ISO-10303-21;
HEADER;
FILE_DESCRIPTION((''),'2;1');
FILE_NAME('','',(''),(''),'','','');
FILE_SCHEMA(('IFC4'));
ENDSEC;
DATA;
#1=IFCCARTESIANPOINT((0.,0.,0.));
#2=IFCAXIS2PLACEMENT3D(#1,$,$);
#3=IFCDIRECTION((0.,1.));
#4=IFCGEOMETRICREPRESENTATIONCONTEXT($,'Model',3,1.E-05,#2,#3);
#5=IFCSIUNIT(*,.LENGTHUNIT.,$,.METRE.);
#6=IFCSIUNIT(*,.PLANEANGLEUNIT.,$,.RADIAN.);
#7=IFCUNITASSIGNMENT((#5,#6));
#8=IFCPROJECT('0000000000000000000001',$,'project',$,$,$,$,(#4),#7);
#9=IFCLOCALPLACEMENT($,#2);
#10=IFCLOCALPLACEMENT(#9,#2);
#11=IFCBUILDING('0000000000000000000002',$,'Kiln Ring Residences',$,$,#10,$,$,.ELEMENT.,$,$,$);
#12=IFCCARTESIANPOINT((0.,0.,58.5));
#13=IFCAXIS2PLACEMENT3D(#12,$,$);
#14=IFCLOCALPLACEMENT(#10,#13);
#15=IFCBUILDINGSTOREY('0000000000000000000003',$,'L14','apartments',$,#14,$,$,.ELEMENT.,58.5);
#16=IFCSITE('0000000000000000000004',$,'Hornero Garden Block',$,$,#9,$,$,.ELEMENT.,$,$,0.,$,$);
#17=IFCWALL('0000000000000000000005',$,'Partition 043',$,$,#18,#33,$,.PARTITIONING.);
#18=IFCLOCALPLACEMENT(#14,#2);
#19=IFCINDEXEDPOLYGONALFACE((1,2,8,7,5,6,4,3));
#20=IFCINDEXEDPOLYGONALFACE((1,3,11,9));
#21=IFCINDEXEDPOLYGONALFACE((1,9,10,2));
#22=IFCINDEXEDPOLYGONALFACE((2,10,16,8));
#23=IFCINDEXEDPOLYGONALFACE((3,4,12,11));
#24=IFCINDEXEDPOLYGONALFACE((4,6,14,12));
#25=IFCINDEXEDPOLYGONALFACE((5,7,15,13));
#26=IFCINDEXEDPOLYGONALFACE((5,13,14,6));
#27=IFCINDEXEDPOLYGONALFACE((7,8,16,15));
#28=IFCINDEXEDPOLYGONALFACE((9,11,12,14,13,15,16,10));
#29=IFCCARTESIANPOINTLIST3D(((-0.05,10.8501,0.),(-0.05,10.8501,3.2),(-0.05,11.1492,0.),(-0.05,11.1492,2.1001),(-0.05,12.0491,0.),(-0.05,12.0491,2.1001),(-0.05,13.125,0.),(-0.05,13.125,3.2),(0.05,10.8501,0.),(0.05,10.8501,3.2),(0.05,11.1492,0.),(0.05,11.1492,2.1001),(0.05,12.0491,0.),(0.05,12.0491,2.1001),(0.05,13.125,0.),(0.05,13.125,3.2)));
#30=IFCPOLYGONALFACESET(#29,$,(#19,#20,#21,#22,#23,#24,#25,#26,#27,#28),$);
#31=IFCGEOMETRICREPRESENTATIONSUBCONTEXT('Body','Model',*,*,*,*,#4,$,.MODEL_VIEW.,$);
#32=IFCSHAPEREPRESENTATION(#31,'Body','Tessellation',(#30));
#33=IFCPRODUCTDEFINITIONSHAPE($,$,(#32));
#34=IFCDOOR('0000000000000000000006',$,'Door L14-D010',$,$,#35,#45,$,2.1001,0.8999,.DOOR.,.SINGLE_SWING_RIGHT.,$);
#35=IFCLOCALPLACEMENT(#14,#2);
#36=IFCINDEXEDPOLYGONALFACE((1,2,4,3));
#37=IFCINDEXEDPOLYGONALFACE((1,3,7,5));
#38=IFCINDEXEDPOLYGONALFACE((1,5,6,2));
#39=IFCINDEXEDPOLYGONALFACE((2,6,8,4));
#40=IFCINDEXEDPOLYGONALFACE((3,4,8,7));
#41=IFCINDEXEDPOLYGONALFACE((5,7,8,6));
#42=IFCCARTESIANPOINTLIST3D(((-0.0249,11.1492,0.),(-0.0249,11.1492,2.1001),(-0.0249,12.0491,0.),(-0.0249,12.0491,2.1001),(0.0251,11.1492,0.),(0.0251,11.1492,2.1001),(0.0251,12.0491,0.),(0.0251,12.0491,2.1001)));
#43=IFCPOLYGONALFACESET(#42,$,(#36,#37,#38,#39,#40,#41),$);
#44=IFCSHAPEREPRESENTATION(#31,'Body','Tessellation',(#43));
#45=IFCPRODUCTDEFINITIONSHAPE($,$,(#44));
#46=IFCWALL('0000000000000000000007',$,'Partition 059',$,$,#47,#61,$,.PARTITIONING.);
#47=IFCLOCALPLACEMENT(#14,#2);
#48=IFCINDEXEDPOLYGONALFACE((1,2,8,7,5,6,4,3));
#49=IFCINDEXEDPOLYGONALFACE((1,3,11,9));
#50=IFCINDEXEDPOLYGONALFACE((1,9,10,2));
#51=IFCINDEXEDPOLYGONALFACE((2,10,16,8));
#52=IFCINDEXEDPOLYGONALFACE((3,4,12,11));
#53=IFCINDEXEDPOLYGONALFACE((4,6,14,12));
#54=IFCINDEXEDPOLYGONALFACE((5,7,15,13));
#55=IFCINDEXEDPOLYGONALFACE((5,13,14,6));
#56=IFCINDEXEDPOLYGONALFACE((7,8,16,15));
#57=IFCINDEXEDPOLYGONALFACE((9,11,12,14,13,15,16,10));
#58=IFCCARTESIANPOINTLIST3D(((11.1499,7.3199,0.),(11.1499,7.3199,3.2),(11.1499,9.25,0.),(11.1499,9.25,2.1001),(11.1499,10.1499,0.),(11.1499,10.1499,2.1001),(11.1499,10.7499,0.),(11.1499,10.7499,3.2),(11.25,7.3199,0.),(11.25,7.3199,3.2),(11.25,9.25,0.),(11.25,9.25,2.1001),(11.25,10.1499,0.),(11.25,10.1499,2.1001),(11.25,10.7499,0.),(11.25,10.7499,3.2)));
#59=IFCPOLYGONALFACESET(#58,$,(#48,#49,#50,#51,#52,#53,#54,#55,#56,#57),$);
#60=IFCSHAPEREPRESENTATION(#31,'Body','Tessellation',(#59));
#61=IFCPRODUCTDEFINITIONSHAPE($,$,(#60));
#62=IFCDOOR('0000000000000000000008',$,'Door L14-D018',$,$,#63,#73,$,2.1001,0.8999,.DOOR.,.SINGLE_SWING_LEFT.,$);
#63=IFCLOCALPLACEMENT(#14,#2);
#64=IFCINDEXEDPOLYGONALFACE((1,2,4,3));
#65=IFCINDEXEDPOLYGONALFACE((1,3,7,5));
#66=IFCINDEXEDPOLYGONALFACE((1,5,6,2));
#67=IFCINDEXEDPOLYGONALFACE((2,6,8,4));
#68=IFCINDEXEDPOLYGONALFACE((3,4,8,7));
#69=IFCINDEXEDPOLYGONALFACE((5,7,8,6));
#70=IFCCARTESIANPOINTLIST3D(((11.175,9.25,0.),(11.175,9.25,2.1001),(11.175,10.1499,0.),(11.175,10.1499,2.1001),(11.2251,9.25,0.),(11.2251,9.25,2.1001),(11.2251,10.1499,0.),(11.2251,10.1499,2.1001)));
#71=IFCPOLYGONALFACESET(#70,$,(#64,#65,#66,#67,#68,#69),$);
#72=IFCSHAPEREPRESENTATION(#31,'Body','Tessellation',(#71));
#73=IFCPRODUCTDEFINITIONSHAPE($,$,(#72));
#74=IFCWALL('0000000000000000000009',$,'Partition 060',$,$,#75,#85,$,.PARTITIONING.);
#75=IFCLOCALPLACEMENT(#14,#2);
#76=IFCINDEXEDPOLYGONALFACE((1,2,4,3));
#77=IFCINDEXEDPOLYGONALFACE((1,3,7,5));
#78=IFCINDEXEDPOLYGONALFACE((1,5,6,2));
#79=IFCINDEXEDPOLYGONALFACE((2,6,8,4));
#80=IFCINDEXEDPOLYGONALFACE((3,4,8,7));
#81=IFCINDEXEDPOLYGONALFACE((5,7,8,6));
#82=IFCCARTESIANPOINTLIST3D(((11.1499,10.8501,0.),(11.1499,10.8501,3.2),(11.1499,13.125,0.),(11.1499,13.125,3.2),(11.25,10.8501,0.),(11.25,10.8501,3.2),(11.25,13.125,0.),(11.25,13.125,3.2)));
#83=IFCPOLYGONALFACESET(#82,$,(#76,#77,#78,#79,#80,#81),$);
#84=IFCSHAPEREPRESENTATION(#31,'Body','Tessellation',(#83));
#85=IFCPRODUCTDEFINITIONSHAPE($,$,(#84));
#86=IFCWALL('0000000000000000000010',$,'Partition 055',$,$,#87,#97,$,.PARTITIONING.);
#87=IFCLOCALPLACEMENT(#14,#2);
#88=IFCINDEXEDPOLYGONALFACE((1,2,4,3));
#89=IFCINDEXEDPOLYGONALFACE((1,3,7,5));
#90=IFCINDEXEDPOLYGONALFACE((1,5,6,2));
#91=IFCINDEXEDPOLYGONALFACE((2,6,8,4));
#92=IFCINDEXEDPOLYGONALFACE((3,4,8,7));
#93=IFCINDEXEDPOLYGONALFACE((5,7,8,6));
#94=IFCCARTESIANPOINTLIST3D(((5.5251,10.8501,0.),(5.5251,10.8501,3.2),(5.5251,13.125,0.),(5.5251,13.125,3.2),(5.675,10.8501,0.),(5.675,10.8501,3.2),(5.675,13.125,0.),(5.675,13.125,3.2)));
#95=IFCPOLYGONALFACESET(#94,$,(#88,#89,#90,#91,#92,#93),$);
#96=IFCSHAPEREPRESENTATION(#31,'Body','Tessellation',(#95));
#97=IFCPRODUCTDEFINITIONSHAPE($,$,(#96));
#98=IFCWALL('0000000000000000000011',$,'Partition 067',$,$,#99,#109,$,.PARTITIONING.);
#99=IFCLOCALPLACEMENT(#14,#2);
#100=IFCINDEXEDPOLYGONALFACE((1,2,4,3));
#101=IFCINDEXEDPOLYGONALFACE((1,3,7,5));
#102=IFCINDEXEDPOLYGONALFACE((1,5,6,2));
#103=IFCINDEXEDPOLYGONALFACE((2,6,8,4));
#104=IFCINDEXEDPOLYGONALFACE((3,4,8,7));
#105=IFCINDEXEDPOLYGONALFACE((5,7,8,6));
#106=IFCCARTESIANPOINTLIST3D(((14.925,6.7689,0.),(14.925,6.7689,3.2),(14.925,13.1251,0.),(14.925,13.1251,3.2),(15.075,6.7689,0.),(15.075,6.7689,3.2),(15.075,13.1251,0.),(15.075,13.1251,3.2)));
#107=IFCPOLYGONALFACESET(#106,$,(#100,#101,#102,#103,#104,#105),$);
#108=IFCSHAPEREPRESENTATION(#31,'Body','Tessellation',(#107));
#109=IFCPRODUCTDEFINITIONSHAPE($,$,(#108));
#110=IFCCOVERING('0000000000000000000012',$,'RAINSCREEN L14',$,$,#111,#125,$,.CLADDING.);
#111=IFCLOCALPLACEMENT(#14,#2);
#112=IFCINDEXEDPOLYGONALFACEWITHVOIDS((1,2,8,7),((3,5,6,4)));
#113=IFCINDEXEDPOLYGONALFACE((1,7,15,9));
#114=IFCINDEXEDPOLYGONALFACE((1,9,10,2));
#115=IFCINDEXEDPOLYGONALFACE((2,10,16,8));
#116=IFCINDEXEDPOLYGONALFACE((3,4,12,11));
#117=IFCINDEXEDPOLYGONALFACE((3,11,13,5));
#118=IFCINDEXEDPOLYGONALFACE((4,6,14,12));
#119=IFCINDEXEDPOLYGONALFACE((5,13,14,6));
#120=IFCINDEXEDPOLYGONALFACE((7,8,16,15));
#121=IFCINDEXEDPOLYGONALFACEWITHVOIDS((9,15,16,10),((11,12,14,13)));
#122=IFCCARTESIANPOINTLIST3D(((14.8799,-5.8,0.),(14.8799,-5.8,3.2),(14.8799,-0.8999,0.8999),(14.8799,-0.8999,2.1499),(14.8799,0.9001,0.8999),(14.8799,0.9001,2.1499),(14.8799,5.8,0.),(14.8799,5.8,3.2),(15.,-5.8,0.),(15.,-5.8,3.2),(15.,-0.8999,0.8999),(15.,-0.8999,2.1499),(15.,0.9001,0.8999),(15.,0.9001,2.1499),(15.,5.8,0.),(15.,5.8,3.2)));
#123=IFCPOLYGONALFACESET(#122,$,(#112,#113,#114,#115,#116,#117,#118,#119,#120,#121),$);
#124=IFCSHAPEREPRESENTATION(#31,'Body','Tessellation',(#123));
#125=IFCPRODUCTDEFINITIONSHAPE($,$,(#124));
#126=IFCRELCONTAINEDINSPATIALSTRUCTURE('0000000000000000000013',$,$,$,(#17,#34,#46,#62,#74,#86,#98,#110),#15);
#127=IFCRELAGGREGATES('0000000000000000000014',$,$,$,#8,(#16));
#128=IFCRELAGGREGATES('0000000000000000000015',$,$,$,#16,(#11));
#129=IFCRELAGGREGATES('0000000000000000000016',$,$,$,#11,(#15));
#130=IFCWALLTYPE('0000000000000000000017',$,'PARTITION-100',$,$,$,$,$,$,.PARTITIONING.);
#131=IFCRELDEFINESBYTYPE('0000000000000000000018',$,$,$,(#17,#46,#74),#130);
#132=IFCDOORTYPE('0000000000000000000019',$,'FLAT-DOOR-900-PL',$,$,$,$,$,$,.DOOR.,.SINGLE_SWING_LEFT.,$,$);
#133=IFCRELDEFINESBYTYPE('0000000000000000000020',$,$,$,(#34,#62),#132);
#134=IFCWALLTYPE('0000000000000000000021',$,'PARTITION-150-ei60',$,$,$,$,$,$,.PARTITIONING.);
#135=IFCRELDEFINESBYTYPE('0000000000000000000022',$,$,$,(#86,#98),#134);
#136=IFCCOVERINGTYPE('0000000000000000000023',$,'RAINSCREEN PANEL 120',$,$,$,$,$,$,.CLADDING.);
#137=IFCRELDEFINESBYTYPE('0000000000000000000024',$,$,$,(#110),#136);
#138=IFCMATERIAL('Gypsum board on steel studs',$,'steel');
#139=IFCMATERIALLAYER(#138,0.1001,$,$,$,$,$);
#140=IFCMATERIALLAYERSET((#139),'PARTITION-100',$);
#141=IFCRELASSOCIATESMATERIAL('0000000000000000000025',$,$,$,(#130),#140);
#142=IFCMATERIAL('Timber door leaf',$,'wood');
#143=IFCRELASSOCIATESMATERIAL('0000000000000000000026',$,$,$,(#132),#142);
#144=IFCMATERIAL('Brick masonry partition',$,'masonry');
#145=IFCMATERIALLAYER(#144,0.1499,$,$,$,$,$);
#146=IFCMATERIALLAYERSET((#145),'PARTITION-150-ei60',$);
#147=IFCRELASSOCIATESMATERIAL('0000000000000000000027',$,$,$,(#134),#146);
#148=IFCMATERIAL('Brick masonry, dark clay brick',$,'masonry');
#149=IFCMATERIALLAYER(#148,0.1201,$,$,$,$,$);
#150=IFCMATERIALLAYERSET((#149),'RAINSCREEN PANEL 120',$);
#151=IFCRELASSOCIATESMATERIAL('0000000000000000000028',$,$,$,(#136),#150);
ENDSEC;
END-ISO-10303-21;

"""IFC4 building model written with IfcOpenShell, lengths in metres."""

from ifc_helpers import new_model, si_unit, direction, frame, frame_2d, origin, place, context, subcontext, project, spatial, polyline, rectangle, outline, extrude, material, layer, layer_set, type_object, element, fill, save


model = new_model("IFC4")

# Units and contexts
model_context = context("Model", 3, precision=1e-05, world=origin(), true_north=direction((0.0, 1.0)))
body_context = subcontext(model_context, "Body", "Model", "MODEL_VIEW")
ifc_project = project(units=[si_unit("LENGTHUNIT", "METRE"), si_unit("PLANEANGLEUNIT", "RADIAN")], contexts=[model_context])

# Site, building, storey
site_placement = place(None, origin())
site = spatial("IfcSite", under=ifc_project, at=site_placement, Name="Hornero Garden Block", CompositionType="ELEMENT", RefElevation=0.0)
building_placement = place(site_placement, origin())
building = spatial("IfcBuilding", under=site, at=building_placement, Name="Kiln Ring Residences", CompositionType="ELEMENT")
storey_placement = place(building_placement, frame((0.0, 0.0, 58.5)))
storey = spatial("IfcBuildingStorey", under=building, at=storey_placement, Name="L14", Description="apartments", CompositionType="ELEMENT", Elevation=58.5)

# Shared definitions
ifc_material_1 = material(Name="Gypsum board on steel studs", Category="steel")
ifc_layer_1 = layer(ifc_material_1, 0.1001)
ifc_layer_set_1 = layer_set([ifc_layer_1], Name="PARTITION-100")
wall_type_1 = type_object("IfcWallType", Name="PARTITION-100", PredefinedType="PARTITIONING", material=ifc_layer_set_1)

# Wall, opening, door
wall_1_placement = place(storey_placement, frame((0.0, 10.8501, 0.0), z_axis=(0.0, 0.0, 1.0), x_axis=(0.0, 1.0, 0.0)))
wall_1 = element("IfcWall", 1, at=wall_1_placement, inside=storey, type_object=wall_type_1, Name="Partition 043", PredefinedType="PARTITIONING", context=body_context, shape_type="SweptSolid", body=[
    extrude(rectangle(XDim=2.2749, YDim=0.1001, at=frame_2d((1.1375, 0.0))), origin(), (0.0, 0.0, 1.0), 3.2),
])
opening_1_placement = place(wall_1_placement, frame((0.2991, 0.0, 0.0)))
opening_1 = element("IfcOpeningElement", 2, at=opening_1_placement, cuts=wall_1, PredefinedType="OPENING", context=body_context, shape_type="SweptSolid", body=[
    extrude(rectangle(XDim=0.8999, YDim=2.1001, at=frame_2d((0.45, 1.05))), frame((0.0, 0.0601, 0.0), z_axis=(0.0, -1.0, 0.0), x_axis=(1.0, 0.0, 0.0)), (0.0, 0.0, 1.0), 0.1201),
])
ifc_material_2 = material(Name="Timber door leaf", Category="wood")
door_type = type_object("IfcDoorType", Name="FLAT-DOOR-900-PL", OperationType="SINGLE_SWING_LEFT", PredefinedType="DOOR", material=ifc_material_2)
door_1_placement = place(opening_1_placement, origin())
door_1 = element("IfcDoor", 3, at=door_1_placement, inside=storey, type_object=door_type, Name="Door L14-D010", OperationType="SINGLE_SWING_RIGHT", OverallHeight=2.1001, OverallWidth=0.8999, PredefinedType="DOOR", context=body_context, shape_type="SweptSolid", body=[
    extrude(rectangle(XDim=0.8999, YDim=2.1001, at=frame_2d((0.45, 1.05))), frame((0.0, 0.0249, 0.0), z_axis=(0.0, -1.0, 0.0), x_axis=(1.0, 0.0, 0.0)), (0.0, 0.0, 1.0), 0.05),
])
fill(opening_1, door_1)

# Wall, opening, door
wall_2_placement = place(storey_placement, frame((11.2, 7.3201, 0.0), z_axis=(0.0, 0.0, 1.0), x_axis=(0.0, 1.0, 0.0)))
wall_2 = element("IfcWall", 4, at=wall_2_placement, inside=storey, type_object=wall_type_1, Name="Partition 059", PredefinedType="PARTITIONING", context=body_context, shape_type="SweptSolid", body=[
    extrude(rectangle(XDim=3.4299, YDim=0.1001, at=frame_2d((1.7148, 0.0))), origin(), (0.0, 0.0, 1.0), 3.2),
])
opening_2_placement = place(wall_2_placement, frame((1.9299, 0.0, 0.0)))
opening_2 = element("IfcOpeningElement", 5, at=opening_2_placement, cuts=wall_2, PredefinedType="OPENING", context=body_context, shape_type="SweptSolid", body=[
    extrude(rectangle(XDim=0.8999, YDim=2.1001, at=frame_2d((0.45, 1.05))), frame((0.0, 0.0601, 0.0), z_axis=(0.0, -1.0, 0.0), x_axis=(1.0, 0.0, 0.0)), (0.0, 0.0, 1.0), 0.1201),
])
door_2_placement = place(opening_2_placement, origin())
door_2 = element("IfcDoor", 6, at=door_2_placement, inside=storey, type_object=door_type, Name="Door L14-D018", OperationType="SINGLE_SWING_LEFT", OverallHeight=2.1001, OverallWidth=0.8999, PredefinedType="DOOR", context=body_context, shape_type="SweptSolid", body=[
    extrude(rectangle(XDim=0.8999, YDim=2.1001, at=frame_2d((0.45, 1.05))), frame((0.0, 0.0249, 0.0), z_axis=(0.0, -1.0, 0.0), x_axis=(1.0, 0.0, 0.0)), (0.0, 0.0, 1.0), 0.05),
])
fill(opening_2, door_2)

# Walls
wall_3_placement = place(storey_placement, frame((11.2, 10.8501, 0.0), z_axis=(0.0, 0.0, 1.0), x_axis=(0.0, 1.0, 0.0)))
element("IfcWall", 7, at=wall_3_placement, inside=storey, type_object=wall_type_1, Name="Partition 060", PredefinedType="PARTITIONING", context=body_context, shape_type="SweptSolid", body=[
    extrude(rectangle(XDim=2.2749, YDim=0.1001, at=frame_2d((1.1375, 0.0))), origin(), (0.0, 0.0, 1.0), 3.2),
])
ifc_material_3 = material(Name="Brick masonry partition", Category="masonry")
ifc_layer_2 = layer(ifc_material_3, 0.1499)
ifc_layer_set_2 = layer_set([ifc_layer_2], Name="PARTITION-150-ei60")
wall_type_2 = type_object("IfcWallType", Name="PARTITION-150-ei60", PredefinedType="PARTITIONING", material=ifc_layer_set_2)
wall_4_placement = place(storey_placement, frame((5.6001, 10.8501, 0.0), z_axis=(0.0, 0.0, 1.0), x_axis=(0.0, 1.0, 0.0)))
element("IfcWall", 8, at=wall_4_placement, inside=storey, type_object=wall_type_2, Name="Partition 055", PredefinedType="PARTITIONING", context=body_context, shape_type="SweptSolid", body=[
    extrude(rectangle(XDim=2.2749, YDim=0.1499, at=frame_2d((1.1375, 0.0))), origin(), (0.0, 0.0, 1.0), 3.2),
])
wall_5_placement = place(storey_placement, frame((15.0, 6.7688, 0.0), z_axis=(0.0, 0.0, 1.0), x_axis=(0.0, 1.0, 0.0)))
element("IfcWall", 9, at=wall_5_placement, inside=storey, type_object=wall_type_2, Name="Partition 067", PredefinedType="PARTITIONING", context=body_context, shape_type="SweptSolid", body=[
    extrude(rectangle(XDim=6.3562, YDim=0.1499, at=frame_2d((3.1782, 0.0))), origin(), (0.0, 0.0, 1.0), 3.2),
])

# Covering
ifc_material_4 = material(Name="Brick masonry, dark clay brick", Category="masonry")
ifc_layer_3 = layer(ifc_material_4, 0.1201)
ifc_layer_set_3 = layer_set([ifc_layer_3], Name="RAINSCREEN PANEL 120")
covering_type = type_object("IfcCoveringType", Name="RAINSCREEN PANEL 120", PredefinedType="CLADDING", material=ifc_layer_set_3)
covering_placement = place(storey_placement, frame((14.9399, 5.8, 0.0), z_axis=(0.0, 0.0, 1.0), x_axis=(0.0, -1.0, 0.0)))
element("IfcCovering", 10, at=covering_placement, inside=storey, type_object=covering_type, Name="RAINSCREEN L14", PredefinedType="CLADDING", context=body_context, shape_type="SweptSolid", body=[
    extrude(outline(polyline([(0.0, 0.0), (11.6001, 0.0), (11.6001, 3.2), (0.0, 3.2), (0.0, 0.0)]), holes=[polyline([(4.8999, 2.1499), (4.8999, 0.8999), (6.7, 0.8999), (6.7, 2.1499), (4.8999, 2.1499)])]), frame((0.0, 0.0601, 0.0), z_axis=(0.0, -1.0, 0.0), x_axis=(1.0, 0.0, 0.0)), (0.0, 0.0, 1.0), 0.1201),
])

save(model, "model.ifc")
